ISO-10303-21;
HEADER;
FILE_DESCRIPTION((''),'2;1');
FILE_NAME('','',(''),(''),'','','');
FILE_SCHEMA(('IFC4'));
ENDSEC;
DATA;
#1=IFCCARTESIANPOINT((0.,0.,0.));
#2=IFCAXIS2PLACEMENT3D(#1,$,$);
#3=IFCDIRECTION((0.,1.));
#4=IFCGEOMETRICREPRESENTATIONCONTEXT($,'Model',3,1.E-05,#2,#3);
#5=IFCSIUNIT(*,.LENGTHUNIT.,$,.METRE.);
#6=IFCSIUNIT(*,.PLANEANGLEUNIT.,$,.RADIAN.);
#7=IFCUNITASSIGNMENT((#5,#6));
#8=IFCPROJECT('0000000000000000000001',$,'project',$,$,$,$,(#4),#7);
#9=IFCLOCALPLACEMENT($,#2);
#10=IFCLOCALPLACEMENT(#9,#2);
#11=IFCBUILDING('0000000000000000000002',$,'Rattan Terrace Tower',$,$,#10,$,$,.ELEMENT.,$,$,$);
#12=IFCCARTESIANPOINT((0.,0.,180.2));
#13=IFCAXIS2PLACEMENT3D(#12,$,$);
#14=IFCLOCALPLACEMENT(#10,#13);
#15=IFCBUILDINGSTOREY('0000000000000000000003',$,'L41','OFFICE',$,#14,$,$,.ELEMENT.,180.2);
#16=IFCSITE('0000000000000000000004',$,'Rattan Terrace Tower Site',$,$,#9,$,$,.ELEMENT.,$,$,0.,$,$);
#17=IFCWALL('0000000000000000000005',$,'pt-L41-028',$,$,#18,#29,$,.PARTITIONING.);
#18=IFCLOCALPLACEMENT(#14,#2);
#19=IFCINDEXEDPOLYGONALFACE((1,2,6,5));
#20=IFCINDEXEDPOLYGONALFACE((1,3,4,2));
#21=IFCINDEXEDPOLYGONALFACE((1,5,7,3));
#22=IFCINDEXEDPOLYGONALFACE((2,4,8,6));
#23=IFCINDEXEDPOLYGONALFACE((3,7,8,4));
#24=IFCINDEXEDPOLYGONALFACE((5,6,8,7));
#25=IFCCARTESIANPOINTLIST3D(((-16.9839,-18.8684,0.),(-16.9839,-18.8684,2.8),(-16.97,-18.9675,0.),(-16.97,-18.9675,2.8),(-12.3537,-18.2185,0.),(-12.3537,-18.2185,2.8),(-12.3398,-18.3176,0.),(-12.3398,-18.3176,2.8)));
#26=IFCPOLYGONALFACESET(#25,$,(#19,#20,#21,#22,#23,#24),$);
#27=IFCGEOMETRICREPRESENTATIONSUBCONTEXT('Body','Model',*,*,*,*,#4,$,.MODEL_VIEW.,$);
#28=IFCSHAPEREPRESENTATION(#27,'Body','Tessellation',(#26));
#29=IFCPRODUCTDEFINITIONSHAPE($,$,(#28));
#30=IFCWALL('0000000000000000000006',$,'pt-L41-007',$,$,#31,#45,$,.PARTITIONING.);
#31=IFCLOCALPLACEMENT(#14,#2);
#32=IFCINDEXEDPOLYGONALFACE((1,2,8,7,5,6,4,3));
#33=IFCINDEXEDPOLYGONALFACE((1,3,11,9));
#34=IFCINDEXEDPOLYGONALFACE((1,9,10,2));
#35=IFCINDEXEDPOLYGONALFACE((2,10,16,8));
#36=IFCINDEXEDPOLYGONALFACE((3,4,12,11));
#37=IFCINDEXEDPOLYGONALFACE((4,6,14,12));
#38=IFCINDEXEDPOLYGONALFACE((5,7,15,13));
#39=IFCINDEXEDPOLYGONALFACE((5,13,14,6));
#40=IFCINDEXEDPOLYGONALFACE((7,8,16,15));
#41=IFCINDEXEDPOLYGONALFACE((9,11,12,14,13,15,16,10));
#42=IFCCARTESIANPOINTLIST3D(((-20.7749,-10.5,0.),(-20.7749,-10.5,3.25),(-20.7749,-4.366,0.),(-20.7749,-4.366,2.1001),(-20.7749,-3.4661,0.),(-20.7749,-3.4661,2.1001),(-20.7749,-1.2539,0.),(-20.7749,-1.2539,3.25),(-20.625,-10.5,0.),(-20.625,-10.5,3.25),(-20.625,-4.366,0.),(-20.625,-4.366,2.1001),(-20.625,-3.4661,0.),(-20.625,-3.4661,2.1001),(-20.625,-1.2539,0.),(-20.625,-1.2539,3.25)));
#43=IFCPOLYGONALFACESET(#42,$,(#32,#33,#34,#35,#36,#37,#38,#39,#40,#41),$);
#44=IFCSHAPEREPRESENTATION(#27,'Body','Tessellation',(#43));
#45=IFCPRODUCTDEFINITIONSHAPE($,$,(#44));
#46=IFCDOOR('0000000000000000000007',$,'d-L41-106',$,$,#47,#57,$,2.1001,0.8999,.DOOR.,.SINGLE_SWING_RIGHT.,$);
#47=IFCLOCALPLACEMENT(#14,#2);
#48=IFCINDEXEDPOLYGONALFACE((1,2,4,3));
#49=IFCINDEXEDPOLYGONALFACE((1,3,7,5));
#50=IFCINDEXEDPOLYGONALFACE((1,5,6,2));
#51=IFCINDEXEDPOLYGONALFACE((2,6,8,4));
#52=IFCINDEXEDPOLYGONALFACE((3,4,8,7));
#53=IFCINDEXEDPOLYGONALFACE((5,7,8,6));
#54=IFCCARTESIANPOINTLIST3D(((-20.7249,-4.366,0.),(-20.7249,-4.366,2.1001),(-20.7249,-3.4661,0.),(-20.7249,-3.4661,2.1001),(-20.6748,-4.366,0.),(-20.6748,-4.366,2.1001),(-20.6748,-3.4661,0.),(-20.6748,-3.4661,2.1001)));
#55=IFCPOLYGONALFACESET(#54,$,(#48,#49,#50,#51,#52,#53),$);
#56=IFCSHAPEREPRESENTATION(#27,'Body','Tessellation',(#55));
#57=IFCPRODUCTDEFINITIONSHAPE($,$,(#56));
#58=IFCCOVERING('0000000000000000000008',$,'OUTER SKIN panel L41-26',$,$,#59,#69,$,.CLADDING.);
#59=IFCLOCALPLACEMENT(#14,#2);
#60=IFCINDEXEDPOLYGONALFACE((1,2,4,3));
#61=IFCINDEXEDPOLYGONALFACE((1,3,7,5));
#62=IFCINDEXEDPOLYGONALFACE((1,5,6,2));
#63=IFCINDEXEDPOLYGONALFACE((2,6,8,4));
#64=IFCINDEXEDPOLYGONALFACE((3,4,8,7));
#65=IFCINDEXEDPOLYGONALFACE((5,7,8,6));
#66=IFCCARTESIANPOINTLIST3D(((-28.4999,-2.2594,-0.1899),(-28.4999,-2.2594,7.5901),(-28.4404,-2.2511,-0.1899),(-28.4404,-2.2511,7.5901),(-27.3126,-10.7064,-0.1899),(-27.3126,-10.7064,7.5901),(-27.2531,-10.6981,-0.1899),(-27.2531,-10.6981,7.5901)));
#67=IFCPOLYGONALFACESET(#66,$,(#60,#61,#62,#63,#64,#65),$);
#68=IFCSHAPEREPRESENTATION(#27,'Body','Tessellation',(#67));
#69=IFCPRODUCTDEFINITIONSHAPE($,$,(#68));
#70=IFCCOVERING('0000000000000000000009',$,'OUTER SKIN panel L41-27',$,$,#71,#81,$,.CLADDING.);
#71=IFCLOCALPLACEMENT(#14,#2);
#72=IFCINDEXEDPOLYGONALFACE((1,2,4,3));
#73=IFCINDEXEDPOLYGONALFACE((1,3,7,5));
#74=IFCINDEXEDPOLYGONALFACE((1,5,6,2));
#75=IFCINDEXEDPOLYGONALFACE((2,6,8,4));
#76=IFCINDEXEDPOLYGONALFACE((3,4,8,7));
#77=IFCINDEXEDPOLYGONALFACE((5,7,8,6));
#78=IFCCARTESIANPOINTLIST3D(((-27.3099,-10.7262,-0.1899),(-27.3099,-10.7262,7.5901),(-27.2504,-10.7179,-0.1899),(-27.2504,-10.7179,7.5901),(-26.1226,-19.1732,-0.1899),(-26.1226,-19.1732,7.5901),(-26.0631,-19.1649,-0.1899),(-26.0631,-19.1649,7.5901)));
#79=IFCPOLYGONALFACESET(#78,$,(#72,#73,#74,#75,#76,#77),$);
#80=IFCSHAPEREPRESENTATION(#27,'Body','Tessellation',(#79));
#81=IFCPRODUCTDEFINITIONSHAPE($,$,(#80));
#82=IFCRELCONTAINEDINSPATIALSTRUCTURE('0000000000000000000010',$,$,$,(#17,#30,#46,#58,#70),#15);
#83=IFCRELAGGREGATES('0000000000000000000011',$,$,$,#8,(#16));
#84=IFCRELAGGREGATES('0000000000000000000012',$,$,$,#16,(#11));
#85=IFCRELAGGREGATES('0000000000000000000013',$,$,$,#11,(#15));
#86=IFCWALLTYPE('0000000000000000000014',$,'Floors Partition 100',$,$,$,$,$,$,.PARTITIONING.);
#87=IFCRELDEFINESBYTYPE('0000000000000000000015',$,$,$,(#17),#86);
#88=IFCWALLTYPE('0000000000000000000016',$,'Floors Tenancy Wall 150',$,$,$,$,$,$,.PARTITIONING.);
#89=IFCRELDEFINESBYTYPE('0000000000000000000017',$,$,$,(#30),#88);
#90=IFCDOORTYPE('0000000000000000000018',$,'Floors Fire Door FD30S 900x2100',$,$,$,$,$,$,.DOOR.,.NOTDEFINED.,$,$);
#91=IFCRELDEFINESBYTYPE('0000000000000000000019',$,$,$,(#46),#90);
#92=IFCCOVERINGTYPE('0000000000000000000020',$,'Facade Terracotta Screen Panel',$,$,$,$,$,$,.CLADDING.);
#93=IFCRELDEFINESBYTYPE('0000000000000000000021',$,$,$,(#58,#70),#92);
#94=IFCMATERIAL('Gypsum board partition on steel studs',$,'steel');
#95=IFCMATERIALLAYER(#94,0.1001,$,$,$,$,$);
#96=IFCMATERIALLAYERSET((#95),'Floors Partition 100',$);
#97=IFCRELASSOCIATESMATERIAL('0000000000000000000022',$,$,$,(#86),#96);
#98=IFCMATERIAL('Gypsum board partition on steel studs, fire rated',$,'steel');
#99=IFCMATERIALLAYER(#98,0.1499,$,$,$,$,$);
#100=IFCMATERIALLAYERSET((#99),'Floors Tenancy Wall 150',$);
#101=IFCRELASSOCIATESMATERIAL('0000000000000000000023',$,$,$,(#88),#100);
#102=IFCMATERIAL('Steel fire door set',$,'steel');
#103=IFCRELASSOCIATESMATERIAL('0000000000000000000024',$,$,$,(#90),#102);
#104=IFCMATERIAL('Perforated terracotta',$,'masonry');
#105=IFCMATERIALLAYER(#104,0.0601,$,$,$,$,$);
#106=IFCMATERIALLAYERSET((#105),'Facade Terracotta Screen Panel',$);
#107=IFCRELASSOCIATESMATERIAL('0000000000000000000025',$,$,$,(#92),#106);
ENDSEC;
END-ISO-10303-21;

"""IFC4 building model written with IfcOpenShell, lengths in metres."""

from ifc_helpers import new_model, si_unit, direction, frame, frame_2d, origin, origin_2d, place, context, subcontext, project, spatial, rectangle, extrude, material, layer, layer_set, type_object, element, fill, save


model = new_model("IFC4")

# Units and contexts
model_context = context("Model", 3, precision=1e-05, world=origin(), true_north=direction((0.0, 1.0)))
body_context = subcontext(model_context, "Body", "Model", "MODEL_VIEW")
ifc_project = project(units=[si_unit("LENGTHUNIT", "METRE"), si_unit("PLANEANGLEUNIT", "RADIAN")], contexts=[model_context])

# Site, building, storey
site_placement = place(None, origin())
site = spatial("IfcSite", under=ifc_project, at=site_placement, Name="Rattan Terrace Tower Site", CompositionType="ELEMENT", RefElevation=0.0)
building_placement = place(site_placement, origin())
building = spatial("IfcBuilding", under=site, at=building_placement, Name="Rattan Terrace Tower", CompositionType="ELEMENT")
storey_placement = place(building_placement, frame((0.0, 0.0, 180.2)))
storey = spatial("IfcBuildingStorey", under=building, at=storey_placement, Name="L41", Description="OFFICE", CompositionType="ELEMENT", Elevation=180.2)

# Shared definitions
ifc_material_1 = material(Name="Gypsum board partition on steel studs", Category="steel")
ifc_layer_1 = layer(ifc_material_1, 0.1001)
ifc_layer_set_1 = layer_set([ifc_layer_1], Name="Floors Partition 100")
wall_type_1 = type_object("IfcWallType", Name="Floors Partition 100", PredefinedType="PARTITIONING", material=ifc_layer_set_1)

# Wall
wall_1_placement = place(storey_placement, frame((-16.9771, -18.918, 0.0), z_axis=(0.0, 0.0, 1.0), x_axis=(0.990292, 0.139001, 0.0)))
element("IfcWall", 1, at=wall_1_placement, inside=storey, type_object=wall_type_1, Name="pt-L41-028", PredefinedType="PARTITIONING", context=body_context, shape_type="SweptSolid", body=[
    extrude(rectangle(XDim=4.6755, YDim=0.1001, at=frame_2d((2.3379, 0.0))), origin(), (0.0, 0.0, 1.0), 2.8),
])

# Wall, opening, door
ifc_material_2 = material(Name="Gypsum board partition on steel studs, fire rated", Category="steel")
ifc_layer_2 = layer(ifc_material_2, 0.1499)
ifc_layer_set_2 = layer_set([ifc_layer_2], Name="Floors Tenancy Wall 150")
wall_type_2 = type_object("IfcWallType", Name="Floors Tenancy Wall 150", PredefinedType="PARTITIONING", material=ifc_layer_set_2)
wall_2_placement = place(storey_placement, frame((-20.7, -10.5, 0.0), z_axis=(0.0, 0.0, 1.0), x_axis=(0.0, 1.0, 0.0)))
wall_2 = element("IfcWall", 2, at=wall_2_placement, inside=storey, type_object=wall_type_2, Name="pt-L41-007", PredefinedType="PARTITIONING", context=body_context, shape_type="SweptSolid", body=[
    extrude(rectangle(XDim=9.2461, YDim=0.1499, at=frame_2d((4.623, 0.0))), origin(), (0.0, 0.0, 1.0), 3.25),
])
opening_1_placement = place(wall_2_placement, frame((6.134, 0.0, 0.0)))
opening_1 = element("IfcOpeningElement", 3, at=opening_1_placement, cuts=wall_2, PredefinedType="OPENING", context=body_context, shape_type="SweptSolid", body=[
    extrude(rectangle(XDim=0.8999, YDim=2.1001, at=frame_2d((0.45, 1.05))), frame((0.0, 0.0854, 0.0), z_axis=(0.0, -1.0, 0.0), x_axis=(1.0, 0.0, 0.0)), (0.0, 0.0, 1.0), 0.1709),
])
ifc_material_3 = material(Name="Steel fire door set", Category="steel")
door_type_1 = type_object("IfcDoorType", Name="Floors Fire Door FD30S 900x2100", OperationType="NOTDEFINED", PredefinedType="DOOR", material=ifc_material_3)
door_1_placement = place(opening_1_placement, origin())
door_1 = element("IfcDoor", 4, at=door_1_placement, inside=storey, type_object=door_type_1, Name="d-L41-106", OperationType="SINGLE_SWING_RIGHT", OverallHeight=2.1001, OverallWidth=0.8999, PredefinedType="DOOR", context=body_context, shape_type="SweptSolid", body=[
    extrude(rectangle(XDim=0.8999, YDim=2.1001, at=frame_2d((0.45, 1.05))), frame((0.0, 0.0249, 0.0), z_axis=(0.0, -1.0, 0.0), x_axis=(1.0, 0.0, 0.0)), (0.0, 0.0, 1.0), 0.05),
])
fill(opening_1, door_1)

# Coverings
ifc_material_4 = material(Name="Perforated terracotta", Category="masonry")
ifc_layer_3 = layer(ifc_material_4, 0.0601)
ifc_layer_set_3 = layer_set([ifc_layer_3], Name="Facade Terracotta Screen Panel")
covering_type = type_object("IfcCoveringType", Name="Facade Terracotta Screen Panel", PredefinedType="CLADDING", material=ifc_layer_set_3)
for number, where, z_axis, x_axis, name in (
    (5, (-27.8765, -6.4788, -0.1899), (0.0, 0.0, 1.0), (0.139191, -0.990266, 0.0), "OUTER SKIN panel L41-26"),
    (6, (-26.6865, -14.9456, -0.1899), (0.0, 0.0, 1.0), (0.139191, -0.990266, 0.0), "OUTER SKIN panel L41-27"),
):
    element("IfcCovering", number, at=place(storey_placement, frame(where, z_axis=z_axis, x_axis=x_axis)), inside=storey, type_object=covering_type, Name=name, PredefinedType="CLADDING", context=body_context, shape_type="SweptSolid", body=[
        extrude(rectangle(XDim=8.53, YDim=0.0601, at=origin_2d()), origin(), (0.0, 0.0, 1.0), 7.78),
    ])

save(model, "model.ifc")
